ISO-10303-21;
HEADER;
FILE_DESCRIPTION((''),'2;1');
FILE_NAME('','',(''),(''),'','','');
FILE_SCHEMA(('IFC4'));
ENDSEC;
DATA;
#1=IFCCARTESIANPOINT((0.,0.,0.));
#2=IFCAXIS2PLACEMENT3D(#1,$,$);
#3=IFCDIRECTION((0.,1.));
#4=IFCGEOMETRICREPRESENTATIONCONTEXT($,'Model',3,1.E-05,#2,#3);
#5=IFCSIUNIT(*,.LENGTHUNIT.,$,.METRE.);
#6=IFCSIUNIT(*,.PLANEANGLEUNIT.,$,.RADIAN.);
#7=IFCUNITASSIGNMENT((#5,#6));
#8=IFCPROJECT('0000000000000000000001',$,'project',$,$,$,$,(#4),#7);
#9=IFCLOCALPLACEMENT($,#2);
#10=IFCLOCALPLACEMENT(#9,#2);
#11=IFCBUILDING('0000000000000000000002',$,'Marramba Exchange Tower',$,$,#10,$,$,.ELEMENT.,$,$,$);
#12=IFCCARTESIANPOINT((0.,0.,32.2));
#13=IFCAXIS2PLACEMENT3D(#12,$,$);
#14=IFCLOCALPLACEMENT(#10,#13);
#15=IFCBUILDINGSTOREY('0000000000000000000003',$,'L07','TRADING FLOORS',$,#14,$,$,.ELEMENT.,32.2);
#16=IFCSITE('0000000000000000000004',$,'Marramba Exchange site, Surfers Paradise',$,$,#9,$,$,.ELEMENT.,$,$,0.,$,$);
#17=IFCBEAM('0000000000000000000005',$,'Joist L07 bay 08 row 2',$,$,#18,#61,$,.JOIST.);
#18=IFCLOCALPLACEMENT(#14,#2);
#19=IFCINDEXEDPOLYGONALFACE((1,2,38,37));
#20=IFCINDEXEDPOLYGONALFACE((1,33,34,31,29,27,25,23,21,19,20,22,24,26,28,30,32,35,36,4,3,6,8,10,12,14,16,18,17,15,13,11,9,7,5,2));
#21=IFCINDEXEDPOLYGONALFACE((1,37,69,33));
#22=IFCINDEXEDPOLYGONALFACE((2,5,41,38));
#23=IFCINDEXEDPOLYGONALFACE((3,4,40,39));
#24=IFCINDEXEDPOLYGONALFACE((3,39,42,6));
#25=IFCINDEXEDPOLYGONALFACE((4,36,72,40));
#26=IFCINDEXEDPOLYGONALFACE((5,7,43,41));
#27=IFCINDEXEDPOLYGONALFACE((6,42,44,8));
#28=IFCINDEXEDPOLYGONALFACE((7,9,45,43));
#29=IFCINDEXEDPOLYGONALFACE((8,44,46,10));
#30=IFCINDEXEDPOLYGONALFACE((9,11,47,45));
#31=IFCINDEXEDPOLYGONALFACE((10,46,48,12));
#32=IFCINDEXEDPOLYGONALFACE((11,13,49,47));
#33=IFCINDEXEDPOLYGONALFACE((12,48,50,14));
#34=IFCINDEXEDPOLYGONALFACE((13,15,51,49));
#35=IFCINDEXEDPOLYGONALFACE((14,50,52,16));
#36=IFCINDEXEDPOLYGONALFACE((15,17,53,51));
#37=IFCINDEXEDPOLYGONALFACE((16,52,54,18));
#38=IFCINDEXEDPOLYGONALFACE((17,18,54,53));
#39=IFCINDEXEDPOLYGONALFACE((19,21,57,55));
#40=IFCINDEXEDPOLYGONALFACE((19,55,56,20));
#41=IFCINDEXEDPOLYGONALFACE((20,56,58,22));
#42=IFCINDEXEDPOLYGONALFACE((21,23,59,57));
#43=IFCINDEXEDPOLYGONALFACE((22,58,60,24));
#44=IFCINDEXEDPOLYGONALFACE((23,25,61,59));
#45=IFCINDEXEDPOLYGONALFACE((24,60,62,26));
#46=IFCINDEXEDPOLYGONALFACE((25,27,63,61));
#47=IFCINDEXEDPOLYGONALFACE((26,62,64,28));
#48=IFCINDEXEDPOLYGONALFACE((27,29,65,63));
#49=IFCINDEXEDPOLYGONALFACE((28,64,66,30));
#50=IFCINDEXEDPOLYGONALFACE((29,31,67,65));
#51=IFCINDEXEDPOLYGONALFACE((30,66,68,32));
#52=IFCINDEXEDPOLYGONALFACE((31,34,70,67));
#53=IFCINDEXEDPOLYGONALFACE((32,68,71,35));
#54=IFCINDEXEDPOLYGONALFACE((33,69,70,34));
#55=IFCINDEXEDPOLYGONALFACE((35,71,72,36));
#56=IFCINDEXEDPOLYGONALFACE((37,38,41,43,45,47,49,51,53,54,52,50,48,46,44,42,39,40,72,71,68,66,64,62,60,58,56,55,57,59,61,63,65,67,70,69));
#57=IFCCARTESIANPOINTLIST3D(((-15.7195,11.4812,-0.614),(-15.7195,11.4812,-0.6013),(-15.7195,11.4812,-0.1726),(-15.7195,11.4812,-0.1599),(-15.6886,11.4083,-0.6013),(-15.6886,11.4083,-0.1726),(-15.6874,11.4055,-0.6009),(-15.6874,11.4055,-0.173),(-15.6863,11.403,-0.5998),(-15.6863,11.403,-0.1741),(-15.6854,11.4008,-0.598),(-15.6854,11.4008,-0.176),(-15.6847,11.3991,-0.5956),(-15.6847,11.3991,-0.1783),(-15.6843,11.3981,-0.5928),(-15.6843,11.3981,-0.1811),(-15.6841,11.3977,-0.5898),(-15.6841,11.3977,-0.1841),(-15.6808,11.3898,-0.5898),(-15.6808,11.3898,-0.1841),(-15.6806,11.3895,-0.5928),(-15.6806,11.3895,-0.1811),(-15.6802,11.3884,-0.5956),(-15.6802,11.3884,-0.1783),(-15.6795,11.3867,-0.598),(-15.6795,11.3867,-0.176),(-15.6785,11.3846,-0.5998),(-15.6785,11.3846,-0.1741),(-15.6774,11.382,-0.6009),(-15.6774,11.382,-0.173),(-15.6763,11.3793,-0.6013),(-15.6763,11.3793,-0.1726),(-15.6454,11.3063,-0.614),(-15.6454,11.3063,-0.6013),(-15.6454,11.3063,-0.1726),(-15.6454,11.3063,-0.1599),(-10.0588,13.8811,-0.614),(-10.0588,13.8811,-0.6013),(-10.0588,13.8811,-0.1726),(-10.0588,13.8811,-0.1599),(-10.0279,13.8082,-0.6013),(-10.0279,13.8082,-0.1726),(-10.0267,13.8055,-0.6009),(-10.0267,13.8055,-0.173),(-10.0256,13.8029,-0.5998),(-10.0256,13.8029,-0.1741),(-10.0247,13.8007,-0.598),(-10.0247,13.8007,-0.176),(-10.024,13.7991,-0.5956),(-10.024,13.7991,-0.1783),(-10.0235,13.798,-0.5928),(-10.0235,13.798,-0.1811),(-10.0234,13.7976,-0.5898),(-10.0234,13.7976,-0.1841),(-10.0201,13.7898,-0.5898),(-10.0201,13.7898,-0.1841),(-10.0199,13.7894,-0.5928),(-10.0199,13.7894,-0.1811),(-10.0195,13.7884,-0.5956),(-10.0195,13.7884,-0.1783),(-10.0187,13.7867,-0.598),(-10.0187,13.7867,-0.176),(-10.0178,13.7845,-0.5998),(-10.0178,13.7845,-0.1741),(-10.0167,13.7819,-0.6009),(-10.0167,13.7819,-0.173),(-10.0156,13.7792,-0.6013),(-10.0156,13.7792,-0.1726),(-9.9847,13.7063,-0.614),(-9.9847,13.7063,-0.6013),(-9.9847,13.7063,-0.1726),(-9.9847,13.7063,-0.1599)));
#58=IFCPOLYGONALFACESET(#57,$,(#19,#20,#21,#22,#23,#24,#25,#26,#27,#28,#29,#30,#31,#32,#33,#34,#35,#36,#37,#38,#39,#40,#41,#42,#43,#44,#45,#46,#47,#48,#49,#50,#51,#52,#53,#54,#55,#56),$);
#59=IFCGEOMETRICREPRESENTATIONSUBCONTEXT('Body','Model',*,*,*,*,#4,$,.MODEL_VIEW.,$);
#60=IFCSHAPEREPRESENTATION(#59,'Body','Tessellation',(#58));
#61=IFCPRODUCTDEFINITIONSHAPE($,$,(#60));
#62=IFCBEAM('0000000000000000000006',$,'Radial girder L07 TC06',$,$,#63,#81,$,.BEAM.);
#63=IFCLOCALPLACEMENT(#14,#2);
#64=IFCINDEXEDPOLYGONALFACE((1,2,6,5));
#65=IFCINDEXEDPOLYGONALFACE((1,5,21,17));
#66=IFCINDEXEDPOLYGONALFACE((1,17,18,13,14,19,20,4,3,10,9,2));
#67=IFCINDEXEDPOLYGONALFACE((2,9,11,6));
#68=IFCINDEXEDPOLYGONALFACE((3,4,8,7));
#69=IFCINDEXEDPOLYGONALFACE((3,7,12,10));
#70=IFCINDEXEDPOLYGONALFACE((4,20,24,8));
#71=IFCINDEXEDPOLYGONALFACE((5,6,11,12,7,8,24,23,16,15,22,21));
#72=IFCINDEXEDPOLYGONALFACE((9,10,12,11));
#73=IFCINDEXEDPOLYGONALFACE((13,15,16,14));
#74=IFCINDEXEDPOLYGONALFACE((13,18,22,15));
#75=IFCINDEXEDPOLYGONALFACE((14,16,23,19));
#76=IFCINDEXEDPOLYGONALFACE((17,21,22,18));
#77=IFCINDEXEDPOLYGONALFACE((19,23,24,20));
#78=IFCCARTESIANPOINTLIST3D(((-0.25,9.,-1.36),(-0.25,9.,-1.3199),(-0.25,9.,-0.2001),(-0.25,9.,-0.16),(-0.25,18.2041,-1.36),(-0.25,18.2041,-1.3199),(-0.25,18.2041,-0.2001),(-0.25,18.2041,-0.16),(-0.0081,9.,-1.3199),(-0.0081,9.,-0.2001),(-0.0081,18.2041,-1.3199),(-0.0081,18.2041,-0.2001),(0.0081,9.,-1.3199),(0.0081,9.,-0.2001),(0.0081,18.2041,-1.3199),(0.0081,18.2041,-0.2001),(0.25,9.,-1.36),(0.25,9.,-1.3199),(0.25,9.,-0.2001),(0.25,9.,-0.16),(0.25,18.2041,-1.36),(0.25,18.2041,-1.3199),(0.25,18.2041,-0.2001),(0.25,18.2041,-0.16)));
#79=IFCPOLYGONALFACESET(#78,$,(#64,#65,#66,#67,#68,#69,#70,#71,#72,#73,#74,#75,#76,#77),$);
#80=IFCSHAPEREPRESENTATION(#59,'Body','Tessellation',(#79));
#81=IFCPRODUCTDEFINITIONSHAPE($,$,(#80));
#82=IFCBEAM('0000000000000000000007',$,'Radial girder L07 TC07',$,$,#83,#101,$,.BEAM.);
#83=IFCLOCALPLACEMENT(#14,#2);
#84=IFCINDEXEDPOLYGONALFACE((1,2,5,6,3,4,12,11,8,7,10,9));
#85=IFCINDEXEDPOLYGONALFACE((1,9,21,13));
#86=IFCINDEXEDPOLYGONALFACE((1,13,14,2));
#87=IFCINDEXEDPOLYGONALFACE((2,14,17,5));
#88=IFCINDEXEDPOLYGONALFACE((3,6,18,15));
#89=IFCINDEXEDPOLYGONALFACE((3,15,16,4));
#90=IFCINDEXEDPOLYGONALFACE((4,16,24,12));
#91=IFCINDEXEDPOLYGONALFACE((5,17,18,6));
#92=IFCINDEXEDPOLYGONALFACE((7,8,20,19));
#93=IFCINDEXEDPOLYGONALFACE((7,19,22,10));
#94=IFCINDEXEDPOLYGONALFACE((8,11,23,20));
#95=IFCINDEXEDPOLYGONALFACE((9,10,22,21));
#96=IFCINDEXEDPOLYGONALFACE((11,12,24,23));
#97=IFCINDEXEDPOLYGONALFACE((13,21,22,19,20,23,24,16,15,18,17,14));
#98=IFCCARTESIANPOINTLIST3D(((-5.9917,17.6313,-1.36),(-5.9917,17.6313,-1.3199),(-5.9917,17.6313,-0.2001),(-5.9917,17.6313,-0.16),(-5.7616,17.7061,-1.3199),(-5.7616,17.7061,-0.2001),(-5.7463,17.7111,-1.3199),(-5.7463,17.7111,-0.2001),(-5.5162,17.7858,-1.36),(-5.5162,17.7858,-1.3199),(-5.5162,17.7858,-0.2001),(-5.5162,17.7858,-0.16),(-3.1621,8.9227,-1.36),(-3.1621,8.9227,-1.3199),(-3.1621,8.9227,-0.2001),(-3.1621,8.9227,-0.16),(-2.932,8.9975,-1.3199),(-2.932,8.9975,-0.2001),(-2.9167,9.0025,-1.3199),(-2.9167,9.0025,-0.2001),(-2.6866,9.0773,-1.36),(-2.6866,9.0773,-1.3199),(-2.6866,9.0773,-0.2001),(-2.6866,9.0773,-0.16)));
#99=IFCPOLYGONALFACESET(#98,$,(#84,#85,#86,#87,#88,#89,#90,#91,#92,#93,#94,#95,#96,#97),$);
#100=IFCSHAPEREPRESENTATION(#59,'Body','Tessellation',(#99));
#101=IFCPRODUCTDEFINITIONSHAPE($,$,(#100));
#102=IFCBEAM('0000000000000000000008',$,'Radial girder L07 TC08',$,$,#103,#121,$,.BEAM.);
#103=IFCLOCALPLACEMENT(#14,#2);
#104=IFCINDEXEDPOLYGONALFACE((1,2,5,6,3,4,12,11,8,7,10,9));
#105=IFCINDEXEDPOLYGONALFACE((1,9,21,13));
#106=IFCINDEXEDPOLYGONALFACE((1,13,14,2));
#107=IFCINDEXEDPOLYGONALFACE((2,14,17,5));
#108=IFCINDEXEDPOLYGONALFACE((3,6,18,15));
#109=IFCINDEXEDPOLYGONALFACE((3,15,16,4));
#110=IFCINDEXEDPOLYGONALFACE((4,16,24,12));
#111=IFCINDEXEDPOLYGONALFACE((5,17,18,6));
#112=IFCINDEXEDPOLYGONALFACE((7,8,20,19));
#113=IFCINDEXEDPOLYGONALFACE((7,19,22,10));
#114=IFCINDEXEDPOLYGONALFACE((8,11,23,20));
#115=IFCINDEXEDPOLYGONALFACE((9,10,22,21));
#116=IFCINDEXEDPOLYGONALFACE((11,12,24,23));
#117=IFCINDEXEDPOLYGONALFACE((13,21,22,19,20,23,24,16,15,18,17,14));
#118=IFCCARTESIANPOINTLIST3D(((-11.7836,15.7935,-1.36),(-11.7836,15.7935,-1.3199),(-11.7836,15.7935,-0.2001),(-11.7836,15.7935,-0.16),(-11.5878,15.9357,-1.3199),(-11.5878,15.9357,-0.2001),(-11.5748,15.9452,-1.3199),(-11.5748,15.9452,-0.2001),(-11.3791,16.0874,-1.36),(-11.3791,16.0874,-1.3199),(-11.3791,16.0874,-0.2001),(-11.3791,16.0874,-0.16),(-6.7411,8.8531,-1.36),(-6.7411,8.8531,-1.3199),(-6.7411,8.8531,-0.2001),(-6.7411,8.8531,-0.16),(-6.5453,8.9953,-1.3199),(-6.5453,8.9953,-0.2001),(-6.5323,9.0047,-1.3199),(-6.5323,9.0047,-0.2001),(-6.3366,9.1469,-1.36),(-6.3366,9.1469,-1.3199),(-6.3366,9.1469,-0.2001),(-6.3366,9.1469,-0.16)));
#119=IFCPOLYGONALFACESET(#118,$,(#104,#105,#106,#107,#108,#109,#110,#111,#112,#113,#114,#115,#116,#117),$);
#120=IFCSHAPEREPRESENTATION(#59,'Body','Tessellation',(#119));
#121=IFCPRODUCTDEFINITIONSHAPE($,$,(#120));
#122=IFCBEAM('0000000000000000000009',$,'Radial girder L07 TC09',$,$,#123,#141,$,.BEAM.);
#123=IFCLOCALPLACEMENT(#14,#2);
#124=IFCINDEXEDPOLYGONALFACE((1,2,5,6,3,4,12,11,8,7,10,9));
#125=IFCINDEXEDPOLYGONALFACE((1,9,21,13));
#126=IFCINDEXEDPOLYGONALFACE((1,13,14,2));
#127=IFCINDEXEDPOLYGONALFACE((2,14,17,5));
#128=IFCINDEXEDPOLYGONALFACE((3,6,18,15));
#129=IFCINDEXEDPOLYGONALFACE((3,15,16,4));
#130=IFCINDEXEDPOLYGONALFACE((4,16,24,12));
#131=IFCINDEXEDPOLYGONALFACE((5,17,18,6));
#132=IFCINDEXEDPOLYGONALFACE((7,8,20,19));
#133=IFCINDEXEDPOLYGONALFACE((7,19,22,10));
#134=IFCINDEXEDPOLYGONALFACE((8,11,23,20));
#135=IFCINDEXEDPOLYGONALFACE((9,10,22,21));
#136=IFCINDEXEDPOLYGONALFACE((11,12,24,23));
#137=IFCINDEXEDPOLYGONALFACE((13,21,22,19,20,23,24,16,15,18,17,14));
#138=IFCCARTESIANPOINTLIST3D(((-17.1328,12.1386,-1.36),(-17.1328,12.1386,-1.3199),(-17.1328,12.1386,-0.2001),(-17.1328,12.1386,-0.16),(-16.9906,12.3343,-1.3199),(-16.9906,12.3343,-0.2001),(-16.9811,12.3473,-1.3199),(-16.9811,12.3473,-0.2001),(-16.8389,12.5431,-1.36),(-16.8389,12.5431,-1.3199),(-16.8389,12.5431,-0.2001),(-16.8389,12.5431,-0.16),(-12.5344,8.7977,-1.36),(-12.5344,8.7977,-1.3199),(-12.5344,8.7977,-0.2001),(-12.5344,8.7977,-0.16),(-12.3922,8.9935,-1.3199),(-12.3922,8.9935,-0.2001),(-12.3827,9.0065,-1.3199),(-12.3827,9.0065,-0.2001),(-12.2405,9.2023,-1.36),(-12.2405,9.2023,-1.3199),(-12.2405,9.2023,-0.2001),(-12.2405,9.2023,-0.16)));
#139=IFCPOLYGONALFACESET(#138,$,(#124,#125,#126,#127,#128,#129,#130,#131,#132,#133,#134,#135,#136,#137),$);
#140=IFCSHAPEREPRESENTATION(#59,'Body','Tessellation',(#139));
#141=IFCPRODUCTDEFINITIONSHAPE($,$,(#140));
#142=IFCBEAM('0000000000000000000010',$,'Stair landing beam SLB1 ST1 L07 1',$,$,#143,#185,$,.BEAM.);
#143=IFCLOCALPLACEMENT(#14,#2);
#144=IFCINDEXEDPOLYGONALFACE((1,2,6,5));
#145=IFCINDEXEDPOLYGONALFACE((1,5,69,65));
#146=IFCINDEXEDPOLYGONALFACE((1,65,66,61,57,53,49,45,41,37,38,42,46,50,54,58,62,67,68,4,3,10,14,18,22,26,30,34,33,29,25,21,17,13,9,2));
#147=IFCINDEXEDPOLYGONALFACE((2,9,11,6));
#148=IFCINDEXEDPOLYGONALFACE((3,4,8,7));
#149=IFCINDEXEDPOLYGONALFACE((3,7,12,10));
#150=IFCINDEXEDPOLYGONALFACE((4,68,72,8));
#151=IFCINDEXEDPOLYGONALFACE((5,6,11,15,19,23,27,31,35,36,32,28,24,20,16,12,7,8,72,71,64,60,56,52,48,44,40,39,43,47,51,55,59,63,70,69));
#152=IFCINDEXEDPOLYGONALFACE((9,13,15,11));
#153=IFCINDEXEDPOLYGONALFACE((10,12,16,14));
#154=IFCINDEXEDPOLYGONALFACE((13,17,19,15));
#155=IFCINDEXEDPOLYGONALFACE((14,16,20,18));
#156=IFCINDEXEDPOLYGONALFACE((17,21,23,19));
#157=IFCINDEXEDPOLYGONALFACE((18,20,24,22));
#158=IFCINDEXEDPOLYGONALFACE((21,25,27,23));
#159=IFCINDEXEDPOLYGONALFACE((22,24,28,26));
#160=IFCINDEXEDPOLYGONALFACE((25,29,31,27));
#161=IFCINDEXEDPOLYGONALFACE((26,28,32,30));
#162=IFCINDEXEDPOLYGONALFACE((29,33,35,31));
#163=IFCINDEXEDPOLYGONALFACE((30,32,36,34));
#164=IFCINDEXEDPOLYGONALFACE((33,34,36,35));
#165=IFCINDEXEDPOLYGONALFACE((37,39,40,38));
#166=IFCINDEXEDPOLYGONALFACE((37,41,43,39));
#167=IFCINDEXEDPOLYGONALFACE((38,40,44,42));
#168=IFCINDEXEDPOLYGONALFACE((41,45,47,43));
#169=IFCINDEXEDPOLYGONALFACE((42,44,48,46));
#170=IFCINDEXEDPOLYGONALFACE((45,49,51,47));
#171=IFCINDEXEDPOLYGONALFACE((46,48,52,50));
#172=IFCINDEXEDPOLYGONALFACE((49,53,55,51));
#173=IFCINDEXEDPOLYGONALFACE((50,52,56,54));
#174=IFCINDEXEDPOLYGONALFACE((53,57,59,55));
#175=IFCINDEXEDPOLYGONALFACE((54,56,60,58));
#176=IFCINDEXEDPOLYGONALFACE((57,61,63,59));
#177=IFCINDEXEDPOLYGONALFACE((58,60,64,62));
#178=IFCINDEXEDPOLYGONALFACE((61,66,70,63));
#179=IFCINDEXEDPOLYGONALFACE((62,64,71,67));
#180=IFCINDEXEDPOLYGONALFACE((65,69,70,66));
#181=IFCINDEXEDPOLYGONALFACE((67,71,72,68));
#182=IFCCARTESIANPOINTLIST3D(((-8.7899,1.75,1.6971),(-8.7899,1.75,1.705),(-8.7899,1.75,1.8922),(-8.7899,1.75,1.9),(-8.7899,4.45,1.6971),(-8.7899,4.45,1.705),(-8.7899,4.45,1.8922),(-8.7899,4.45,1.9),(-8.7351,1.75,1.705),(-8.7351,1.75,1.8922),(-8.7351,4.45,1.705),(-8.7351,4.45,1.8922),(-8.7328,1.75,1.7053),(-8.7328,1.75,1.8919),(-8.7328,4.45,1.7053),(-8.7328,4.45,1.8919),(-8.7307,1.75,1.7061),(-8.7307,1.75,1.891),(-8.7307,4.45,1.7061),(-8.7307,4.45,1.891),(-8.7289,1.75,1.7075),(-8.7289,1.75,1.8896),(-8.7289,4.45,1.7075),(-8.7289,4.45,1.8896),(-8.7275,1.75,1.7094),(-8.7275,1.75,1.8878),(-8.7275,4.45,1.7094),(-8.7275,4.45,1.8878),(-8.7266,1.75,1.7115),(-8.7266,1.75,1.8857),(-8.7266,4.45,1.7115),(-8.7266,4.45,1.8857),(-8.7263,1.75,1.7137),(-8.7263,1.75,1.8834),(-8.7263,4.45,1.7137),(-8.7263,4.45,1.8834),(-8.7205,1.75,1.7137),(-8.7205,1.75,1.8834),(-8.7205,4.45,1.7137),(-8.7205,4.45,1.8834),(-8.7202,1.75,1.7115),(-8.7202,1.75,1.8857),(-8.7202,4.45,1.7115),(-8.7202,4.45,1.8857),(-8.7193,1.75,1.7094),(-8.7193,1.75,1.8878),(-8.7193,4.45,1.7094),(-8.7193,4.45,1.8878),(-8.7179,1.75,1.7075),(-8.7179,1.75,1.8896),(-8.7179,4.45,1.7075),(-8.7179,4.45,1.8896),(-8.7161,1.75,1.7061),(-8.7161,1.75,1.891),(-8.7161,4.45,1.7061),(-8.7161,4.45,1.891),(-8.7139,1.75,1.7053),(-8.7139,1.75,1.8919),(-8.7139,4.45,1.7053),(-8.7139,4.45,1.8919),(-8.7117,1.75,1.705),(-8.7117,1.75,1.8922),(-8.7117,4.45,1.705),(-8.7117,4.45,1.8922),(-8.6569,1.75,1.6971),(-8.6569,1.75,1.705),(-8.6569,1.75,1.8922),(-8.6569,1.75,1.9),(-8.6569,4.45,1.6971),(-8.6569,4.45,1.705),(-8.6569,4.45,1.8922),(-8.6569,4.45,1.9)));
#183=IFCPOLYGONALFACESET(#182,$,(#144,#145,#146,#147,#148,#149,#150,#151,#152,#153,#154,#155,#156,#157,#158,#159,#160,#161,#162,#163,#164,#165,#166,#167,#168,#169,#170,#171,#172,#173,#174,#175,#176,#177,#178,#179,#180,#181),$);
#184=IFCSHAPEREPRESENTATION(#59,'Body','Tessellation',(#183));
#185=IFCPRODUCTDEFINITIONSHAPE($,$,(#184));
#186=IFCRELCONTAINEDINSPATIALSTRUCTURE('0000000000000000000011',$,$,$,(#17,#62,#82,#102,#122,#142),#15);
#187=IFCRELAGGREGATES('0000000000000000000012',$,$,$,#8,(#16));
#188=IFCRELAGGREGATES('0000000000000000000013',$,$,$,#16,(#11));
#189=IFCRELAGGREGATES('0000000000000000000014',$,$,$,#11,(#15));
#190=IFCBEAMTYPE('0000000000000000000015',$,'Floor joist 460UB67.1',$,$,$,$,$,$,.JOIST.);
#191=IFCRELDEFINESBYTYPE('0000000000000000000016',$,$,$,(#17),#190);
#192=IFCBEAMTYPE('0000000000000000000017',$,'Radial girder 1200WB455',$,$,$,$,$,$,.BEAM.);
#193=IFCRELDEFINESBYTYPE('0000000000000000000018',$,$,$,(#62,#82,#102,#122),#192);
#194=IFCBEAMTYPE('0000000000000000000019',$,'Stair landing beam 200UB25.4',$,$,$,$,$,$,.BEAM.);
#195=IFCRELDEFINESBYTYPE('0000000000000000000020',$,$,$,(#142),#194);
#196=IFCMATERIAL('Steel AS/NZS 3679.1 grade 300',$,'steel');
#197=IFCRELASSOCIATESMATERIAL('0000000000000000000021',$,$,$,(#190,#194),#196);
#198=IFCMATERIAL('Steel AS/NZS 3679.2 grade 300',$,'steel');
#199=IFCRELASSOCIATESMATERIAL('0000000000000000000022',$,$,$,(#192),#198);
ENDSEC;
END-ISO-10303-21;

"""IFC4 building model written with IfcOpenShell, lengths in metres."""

from ifc_helpers import new_model, si_unit, direction, frame, origin, origin_2d, place, context, subcontext, project, spatial, i_section, extrude, material, material_profile, profile_set, type_object, element, save


model = new_model("IFC4")

# Units and contexts
model_context = context("Model", 3, precision=1e-05, world=origin(), true_north=direction((0.0, 1.0)))
body_context = subcontext(model_context, "Body", "Model", "MODEL_VIEW")
ifc_project = project(units=[si_unit("LENGTHUNIT", "METRE"), si_unit("PLANEANGLEUNIT", "RADIAN")], contexts=[model_context])

# Site, building, storey
site_placement = place(None, origin())
site = spatial("IfcSite", under=ifc_project, at=site_placement, Name="Marramba Exchange site, Surfers Paradise", CompositionType="ELEMENT", RefElevation=0.0)
building_placement = place(site_placement, origin())
building = spatial("IfcBuilding", under=site, at=building_placement, Name="Marramba Exchange Tower", CompositionType="ELEMENT")
storey_placement = place(building_placement, frame((0.0, 0.0, 32.2)))
storey = spatial("IfcBuildingStorey", under=building, at=storey_placement, Name="L07", Description="TRADING FLOORS", CompositionType="ELEMENT", Elevation=32.2)

# Beams
ifc_material_1 = material(Name="Steel AS/NZS 3679.1 grade 300", Category="steel")
ifc_material_profile_1 = material_profile(ifc_material_1, i_section(OverallWidth=0.1899, OverallDepth=0.4541, WebThickness=0.0085, FlangeThickness=0.0127, FilletRadius=0.0115, at=origin_2d()), Name="460UB67.1")
ifc_profile_set_1 = profile_set([ifc_material_profile_1], Name="Steel AS/NZS 3679.1 grade 300")
beam_type_1 = type_object("IfcBeamType", Name="Floor joist 460UB67.1", PredefinedType="JOIST", material=ifc_profile_set_1)
beam_1_placement = place(storey_placement, frame((-10.0217, 13.7937, -0.387), z_axis=(-0.920674, -0.390332, 0.0), x_axis=(0.390332, -0.920674, 0.0)))
element("IfcBeam", 1, at=beam_1_placement, inside=storey, type_object=beam_type_1, Name="Joist L07 bay 08 row 2", PredefinedType="JOIST", context=body_context, shape_type="SweptSolid", body=[
    extrude(i_section(OverallWidth=0.1899, OverallDepth=0.4541, WebThickness=0.0085, FlangeThickness=0.0127, FilletRadius=0.0115, at=origin_2d()), origin(), (0.0, 0.0, 1.0), 6.1484),
])
ifc_material_2 = material(Name="Steel AS/NZS 3679.2 grade 300", Category="steel")
ifc_material_profile_2 = material_profile(ifc_material_2, i_section(OverallWidth=0.5, OverallDepth=1.2, WebThickness=0.0161, FlangeThickness=0.04, at=origin_2d()), Name="1200WB455")
ifc_profile_set_2 = profile_set([ifc_material_profile_2], Name="Steel AS/NZS 3679.2 grade 300")
beam_type_2 = type_object("IfcBeamType", Name="Radial girder 1200WB455", PredefinedType="BEAM", material=ifc_profile_set_2)
beam_2_placement = place(storey_placement, frame((0.0, 9.0, -0.76), z_axis=(0.0, 1.0, 0.0), x_axis=(-1.0, 0.0, 0.0)))
element("IfcBeam", 2, at=beam_2_placement, inside=storey, type_object=beam_type_2, Name="Radial girder L07 TC06", PredefinedType="BEAM", context=body_context, shape_type="SweptSolid", body=[
    extrude(i_section(OverallWidth=0.5, OverallDepth=1.2, WebThickness=0.0161, FlangeThickness=0.04, at=origin_2d()), origin(), (0.0, 0.0, 1.0), 9.2041),
])
beam_3_placement = place(storey_placement, frame((-2.9243, 9.0, -0.76), z_axis=(-0.30902, 0.951056, 0.0), x_axis=(-0.951056, -0.30902, 0.0)))
element("IfcBeam", 3, at=beam_3_placement, inside=storey, type_object=beam_type_2, Name="Radial girder L07 TC07", PredefinedType="BEAM", context=body_context, shape_type="SweptSolid", body=[
    extrude(i_section(OverallWidth=0.5, OverallDepth=1.2, WebThickness=0.0161, FlangeThickness=0.04, at=origin_2d()), origin(), (0.0, 0.0, 1.0), 9.1567),
])
beam_4_placement = place(storey_placement, frame((-6.5388, 9.0, -0.76), z_axis=(-0.587782, 0.809019, 0.0), x_axis=(-0.809019, -0.587782, 0.0)))
element("IfcBeam", 4, at=beam_4_placement, inside=storey, type_object=beam_type_2, Name="Radial girder L07 TC08", PredefinedType="BEAM", context=body_context, shape_type="SweptSolid", body=[
    extrude(i_section(OverallWidth=0.5, OverallDepth=1.2, WebThickness=0.0161, FlangeThickness=0.04, at=origin_2d()), origin(), (0.0, 0.0, 1.0), 8.5789),
])
beam_5_placement = place(storey_placement, frame((-12.3875, 9.0, -0.76), z_axis=(-0.809026, 0.587773, 0.0), x_axis=(-0.587773, -0.809026, 0.0)))
element("IfcBeam", 5, at=beam_5_placement, inside=storey, type_object=beam_type_2, Name="Radial girder L07 TC09", PredefinedType="BEAM", context=body_context, shape_type="SweptSolid", body=[
    extrude(i_section(OverallWidth=0.5, OverallDepth=1.2, WebThickness=0.0161, FlangeThickness=0.04, at=origin_2d()), origin(), (0.0, 0.0, 1.0), 5.6838),
])
ifc_material_profile_3 = material_profile(ifc_material_1, i_section(OverallWidth=0.1331, OverallDepth=0.2029, WebThickness=0.0059, FlangeThickness=0.0078, FilletRadius=0.0088, at=origin_2d()), Name="200UB25.4")
ifc_profile_set_3 = profile_set([ifc_material_profile_3], Name="Steel AS/NZS 3679.1 grade 300")
beam_type_3 = type_object("IfcBeamType", Name="Stair landing beam 200UB25.4", PredefinedType="BEAM", material=ifc_profile_set_3)
for number, where, z_axis, x_axis, name in (
    (6, (-8.7234, 1.75, 1.7986), (0.0, 1.0, 0.0), (-1.0, 0.0, 0.0), "Stair landing beam SLB1 ST1 L07 1"),
):
    element("IfcBeam", number, at=place(storey_placement, frame(where, z_axis=z_axis, x_axis=x_axis)), inside=storey, type_object=beam_type_3, Name=name, PredefinedType="BEAM", context=body_context, shape_type="SweptSolid", body=[
        extrude(i_section(OverallWidth=0.1331, OverallDepth=0.2029, WebThickness=0.0059, FlangeThickness=0.0078, FilletRadius=0.0088, at=origin_2d()), origin(), (0.0, 0.0, 1.0), 2.7),
    ])

save(model, "model.ifc")
